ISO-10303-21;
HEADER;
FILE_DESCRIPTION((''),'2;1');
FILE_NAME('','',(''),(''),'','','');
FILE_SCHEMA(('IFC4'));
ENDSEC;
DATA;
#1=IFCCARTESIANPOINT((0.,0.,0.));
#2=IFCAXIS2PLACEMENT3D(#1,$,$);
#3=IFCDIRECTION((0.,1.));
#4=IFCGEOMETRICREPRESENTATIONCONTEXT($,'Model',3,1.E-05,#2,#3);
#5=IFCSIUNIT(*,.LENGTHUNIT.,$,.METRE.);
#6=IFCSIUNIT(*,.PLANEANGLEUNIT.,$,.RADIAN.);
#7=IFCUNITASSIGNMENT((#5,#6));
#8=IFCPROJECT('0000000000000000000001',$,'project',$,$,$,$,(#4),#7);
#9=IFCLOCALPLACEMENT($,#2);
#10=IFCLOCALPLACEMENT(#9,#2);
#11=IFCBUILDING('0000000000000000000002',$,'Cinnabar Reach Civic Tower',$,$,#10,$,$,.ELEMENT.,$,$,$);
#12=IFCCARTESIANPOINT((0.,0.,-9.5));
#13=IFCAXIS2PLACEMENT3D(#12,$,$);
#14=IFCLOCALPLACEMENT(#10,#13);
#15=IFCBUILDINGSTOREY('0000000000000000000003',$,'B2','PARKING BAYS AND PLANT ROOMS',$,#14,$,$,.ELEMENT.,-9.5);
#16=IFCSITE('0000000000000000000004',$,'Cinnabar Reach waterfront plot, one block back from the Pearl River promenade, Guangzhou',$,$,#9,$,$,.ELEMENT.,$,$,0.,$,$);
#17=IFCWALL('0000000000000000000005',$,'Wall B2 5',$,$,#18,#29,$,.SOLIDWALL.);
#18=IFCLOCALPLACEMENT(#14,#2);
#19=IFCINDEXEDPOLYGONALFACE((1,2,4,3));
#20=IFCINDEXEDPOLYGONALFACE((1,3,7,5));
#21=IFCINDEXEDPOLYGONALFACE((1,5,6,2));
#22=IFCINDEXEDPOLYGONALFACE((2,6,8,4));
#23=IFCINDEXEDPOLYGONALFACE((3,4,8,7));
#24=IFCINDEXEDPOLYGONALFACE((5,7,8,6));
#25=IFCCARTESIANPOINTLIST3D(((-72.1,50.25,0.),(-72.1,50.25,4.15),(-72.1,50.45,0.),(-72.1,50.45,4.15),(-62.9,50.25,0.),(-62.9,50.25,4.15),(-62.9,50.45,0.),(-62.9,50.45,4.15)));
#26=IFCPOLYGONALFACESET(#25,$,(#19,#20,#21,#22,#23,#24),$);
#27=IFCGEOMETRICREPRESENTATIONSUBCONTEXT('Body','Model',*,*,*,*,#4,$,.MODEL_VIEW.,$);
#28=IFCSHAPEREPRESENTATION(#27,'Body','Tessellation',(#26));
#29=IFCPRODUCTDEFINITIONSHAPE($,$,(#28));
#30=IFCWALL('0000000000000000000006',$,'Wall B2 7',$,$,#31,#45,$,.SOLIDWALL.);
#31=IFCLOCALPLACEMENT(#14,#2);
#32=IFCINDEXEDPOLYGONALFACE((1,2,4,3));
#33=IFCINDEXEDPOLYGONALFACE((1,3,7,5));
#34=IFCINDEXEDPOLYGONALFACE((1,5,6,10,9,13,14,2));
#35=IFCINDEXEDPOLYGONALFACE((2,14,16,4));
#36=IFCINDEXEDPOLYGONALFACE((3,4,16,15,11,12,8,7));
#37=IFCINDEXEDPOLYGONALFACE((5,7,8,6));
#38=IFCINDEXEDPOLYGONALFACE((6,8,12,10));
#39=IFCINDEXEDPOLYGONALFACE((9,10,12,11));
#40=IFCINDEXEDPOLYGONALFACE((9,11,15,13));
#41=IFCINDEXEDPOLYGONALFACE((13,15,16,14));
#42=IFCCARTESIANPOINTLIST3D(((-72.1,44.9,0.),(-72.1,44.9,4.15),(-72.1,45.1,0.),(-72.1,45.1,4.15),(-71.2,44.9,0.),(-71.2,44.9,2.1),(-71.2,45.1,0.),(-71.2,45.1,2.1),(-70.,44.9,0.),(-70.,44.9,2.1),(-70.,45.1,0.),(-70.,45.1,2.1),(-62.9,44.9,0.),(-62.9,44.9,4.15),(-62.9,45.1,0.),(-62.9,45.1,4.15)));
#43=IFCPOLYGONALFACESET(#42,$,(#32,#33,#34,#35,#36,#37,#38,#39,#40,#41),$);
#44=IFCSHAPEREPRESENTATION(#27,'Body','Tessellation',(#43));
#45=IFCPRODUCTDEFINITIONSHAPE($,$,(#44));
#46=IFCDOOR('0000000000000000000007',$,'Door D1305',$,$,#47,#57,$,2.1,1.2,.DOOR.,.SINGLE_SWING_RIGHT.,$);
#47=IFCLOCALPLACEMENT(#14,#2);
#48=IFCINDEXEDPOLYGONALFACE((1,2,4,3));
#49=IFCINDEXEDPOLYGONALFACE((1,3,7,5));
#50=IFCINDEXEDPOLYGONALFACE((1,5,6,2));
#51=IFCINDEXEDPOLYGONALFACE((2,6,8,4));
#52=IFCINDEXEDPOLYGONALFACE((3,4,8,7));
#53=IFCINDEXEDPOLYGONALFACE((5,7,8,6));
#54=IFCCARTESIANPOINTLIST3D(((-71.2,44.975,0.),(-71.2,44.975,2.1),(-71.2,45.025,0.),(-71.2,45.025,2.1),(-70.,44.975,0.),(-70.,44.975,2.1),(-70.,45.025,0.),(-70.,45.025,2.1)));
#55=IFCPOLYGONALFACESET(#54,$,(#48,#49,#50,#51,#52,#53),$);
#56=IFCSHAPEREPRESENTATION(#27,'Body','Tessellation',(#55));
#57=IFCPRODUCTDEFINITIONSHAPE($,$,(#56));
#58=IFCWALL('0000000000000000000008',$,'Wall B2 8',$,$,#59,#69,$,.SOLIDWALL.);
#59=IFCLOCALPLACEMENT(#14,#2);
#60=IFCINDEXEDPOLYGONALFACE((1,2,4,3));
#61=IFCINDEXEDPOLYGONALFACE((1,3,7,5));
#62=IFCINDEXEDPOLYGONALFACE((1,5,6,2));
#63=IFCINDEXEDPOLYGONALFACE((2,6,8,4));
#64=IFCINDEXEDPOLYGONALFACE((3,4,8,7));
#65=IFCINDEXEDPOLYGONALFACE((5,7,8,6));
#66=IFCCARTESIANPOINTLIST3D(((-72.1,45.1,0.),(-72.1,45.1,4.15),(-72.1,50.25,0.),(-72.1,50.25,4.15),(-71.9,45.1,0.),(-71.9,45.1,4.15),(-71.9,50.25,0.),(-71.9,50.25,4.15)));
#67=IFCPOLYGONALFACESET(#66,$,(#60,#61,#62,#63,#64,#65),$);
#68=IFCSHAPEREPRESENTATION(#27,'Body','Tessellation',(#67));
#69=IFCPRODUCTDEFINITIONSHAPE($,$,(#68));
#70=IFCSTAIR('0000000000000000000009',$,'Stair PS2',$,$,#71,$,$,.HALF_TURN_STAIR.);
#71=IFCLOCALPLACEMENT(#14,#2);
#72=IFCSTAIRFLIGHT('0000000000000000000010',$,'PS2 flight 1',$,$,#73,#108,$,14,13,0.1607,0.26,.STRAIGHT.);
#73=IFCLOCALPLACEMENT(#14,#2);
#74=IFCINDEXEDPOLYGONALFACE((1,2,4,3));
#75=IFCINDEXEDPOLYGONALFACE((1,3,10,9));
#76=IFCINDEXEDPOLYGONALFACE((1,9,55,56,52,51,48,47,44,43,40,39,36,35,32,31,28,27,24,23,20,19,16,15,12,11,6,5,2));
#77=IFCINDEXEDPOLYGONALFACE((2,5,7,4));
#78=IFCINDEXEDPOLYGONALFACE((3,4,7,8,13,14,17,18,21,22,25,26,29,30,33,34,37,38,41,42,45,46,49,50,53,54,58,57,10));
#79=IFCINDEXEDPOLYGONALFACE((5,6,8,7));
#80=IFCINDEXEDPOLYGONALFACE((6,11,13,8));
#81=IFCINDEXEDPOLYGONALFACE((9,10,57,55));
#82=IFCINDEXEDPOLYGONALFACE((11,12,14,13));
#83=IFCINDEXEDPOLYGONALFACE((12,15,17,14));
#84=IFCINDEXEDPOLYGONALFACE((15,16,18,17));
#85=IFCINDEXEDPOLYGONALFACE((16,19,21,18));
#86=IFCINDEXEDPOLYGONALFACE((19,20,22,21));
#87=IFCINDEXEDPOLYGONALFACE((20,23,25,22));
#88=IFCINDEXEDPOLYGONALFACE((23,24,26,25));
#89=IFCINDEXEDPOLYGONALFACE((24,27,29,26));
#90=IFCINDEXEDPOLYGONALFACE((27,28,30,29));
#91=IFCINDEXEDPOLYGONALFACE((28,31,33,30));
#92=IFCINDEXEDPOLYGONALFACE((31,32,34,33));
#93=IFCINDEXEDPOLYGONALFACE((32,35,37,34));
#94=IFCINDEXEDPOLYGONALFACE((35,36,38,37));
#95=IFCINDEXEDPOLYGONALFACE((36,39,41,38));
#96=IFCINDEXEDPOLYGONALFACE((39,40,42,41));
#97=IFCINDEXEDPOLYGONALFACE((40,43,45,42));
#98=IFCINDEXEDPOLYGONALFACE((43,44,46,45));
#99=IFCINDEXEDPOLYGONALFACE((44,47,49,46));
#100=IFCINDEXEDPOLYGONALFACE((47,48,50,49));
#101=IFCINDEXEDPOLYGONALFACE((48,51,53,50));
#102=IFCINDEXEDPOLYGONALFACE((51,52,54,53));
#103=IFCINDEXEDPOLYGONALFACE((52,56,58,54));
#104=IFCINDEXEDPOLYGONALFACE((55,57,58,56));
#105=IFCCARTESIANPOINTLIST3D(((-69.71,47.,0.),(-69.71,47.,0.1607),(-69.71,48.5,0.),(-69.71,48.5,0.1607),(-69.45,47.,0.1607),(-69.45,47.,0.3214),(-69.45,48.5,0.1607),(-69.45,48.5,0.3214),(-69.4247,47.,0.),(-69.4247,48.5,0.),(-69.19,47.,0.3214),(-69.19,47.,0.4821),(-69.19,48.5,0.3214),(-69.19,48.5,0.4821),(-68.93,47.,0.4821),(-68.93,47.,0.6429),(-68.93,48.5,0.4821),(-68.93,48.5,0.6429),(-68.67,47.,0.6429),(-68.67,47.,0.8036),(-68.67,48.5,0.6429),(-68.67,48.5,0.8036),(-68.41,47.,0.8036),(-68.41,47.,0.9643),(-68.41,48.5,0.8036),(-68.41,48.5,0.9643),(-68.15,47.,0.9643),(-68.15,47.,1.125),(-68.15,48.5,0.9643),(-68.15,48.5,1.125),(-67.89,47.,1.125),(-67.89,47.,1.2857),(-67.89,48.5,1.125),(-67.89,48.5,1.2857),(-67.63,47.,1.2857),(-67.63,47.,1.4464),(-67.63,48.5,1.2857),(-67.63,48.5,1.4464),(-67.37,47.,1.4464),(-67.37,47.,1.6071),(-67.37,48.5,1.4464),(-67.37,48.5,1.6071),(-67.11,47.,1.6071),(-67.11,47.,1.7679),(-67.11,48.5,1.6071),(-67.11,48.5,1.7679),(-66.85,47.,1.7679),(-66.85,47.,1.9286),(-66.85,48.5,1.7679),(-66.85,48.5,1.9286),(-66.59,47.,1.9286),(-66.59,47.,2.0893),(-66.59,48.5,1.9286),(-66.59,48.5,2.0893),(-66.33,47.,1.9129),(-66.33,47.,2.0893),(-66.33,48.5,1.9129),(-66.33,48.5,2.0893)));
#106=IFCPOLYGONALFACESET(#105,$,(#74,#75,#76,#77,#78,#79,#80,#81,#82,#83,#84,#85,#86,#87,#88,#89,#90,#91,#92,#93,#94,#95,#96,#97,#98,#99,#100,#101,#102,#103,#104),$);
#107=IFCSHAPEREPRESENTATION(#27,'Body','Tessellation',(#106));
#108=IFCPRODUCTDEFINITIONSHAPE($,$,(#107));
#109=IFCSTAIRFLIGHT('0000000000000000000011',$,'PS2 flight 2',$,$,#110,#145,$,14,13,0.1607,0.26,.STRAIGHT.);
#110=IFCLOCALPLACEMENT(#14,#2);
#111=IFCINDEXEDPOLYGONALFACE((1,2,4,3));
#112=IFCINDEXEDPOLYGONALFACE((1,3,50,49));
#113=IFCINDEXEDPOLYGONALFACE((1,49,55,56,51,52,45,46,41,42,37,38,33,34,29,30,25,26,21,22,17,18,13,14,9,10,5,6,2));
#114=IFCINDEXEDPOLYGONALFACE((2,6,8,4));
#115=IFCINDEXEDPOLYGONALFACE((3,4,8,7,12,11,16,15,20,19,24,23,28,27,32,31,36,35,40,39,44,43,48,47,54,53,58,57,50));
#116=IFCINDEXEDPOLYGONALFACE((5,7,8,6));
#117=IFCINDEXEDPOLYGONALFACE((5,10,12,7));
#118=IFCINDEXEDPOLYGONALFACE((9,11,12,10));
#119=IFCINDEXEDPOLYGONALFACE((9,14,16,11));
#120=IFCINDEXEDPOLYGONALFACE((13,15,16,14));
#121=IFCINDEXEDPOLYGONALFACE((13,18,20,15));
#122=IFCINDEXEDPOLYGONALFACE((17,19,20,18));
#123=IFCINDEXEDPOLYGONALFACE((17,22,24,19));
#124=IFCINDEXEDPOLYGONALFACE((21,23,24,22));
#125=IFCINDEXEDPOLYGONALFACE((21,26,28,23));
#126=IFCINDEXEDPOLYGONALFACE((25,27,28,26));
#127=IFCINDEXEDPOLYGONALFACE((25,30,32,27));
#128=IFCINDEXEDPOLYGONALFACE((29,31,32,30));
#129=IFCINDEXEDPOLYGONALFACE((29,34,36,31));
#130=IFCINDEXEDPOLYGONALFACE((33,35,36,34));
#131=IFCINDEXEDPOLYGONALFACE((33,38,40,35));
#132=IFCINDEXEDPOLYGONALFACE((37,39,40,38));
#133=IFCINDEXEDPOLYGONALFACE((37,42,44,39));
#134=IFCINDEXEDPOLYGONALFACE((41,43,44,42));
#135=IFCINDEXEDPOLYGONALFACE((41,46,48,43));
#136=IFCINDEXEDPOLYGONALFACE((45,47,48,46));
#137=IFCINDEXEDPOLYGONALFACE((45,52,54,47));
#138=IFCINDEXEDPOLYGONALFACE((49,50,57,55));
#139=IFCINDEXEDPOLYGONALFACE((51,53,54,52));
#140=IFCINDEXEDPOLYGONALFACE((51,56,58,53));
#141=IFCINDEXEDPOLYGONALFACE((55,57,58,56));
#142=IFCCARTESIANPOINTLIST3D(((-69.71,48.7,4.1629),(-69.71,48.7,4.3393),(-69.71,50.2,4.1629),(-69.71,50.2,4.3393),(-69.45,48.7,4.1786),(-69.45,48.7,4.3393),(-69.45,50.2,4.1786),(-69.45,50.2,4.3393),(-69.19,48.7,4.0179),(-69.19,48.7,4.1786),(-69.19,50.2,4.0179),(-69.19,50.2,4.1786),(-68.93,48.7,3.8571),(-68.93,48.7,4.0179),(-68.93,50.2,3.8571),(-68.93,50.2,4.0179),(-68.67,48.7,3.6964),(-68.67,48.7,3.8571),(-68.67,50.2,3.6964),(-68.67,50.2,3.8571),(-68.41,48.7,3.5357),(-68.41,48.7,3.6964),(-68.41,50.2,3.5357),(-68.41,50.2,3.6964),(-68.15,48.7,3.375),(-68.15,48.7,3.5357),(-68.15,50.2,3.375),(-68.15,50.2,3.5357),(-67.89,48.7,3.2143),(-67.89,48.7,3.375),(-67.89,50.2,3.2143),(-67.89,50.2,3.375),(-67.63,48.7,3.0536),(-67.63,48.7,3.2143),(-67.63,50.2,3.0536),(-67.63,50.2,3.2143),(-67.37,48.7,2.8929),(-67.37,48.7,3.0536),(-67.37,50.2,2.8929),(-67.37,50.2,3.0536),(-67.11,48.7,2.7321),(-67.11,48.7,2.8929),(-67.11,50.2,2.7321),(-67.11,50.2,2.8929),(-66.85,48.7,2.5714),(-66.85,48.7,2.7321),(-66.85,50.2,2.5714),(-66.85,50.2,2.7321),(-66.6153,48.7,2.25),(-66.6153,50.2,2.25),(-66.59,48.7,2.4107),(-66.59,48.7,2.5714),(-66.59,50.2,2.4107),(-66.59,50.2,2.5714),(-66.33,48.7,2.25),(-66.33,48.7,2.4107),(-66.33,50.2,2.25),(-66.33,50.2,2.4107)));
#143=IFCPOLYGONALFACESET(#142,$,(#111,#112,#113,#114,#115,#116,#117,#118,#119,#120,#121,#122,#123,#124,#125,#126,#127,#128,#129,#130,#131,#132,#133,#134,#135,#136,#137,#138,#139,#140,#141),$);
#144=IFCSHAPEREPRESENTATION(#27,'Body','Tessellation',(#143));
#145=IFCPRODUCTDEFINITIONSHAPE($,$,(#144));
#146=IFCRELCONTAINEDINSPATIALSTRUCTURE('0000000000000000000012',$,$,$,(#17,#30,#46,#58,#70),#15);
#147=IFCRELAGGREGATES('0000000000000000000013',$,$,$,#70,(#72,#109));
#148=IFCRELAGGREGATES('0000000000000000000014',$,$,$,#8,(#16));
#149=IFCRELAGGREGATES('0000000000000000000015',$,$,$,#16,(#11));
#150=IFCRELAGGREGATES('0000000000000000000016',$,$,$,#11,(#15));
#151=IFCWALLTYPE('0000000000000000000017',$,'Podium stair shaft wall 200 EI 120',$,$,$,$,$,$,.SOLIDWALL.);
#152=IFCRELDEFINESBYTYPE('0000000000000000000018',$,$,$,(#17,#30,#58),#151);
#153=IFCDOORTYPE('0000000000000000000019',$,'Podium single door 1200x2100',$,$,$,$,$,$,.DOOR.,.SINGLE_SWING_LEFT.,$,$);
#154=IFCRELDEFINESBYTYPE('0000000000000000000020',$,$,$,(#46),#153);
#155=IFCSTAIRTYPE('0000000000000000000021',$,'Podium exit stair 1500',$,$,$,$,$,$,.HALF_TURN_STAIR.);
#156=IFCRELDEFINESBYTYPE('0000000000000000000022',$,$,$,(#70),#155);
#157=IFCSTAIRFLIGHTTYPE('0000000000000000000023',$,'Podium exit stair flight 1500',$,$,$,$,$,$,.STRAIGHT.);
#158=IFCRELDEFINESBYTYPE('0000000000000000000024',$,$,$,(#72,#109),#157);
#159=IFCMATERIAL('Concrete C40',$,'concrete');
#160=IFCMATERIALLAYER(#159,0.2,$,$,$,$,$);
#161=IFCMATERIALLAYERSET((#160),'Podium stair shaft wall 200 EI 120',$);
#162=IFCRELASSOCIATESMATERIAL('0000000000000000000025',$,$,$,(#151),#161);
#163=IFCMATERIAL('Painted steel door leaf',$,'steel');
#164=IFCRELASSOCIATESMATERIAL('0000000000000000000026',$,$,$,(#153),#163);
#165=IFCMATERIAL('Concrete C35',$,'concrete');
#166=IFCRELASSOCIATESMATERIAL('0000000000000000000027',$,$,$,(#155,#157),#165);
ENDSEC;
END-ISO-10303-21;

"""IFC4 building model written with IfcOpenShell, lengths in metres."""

from ifc_helpers import new_model, si_unit, direction, frame, frame_2d, origin, place, context, subcontext, project, spatial, polyline, rectangle, outline, extrude, material, layer, layer_set, type_object, element, fill, aggregate, save


model = new_model("IFC4")

# Units and contexts
model_context = context("Model", 3, precision=1e-05, world=origin(), true_north=direction((0.0, 1.0)))
body_context = subcontext(model_context, "Body", "Model", "MODEL_VIEW")
ifc_project = project(units=[si_unit("LENGTHUNIT", "METRE"), si_unit("PLANEANGLEUNIT", "RADIAN")], contexts=[model_context])

# Site, building, storey
site_placement = place(None, origin())
site = spatial("IfcSite", under=ifc_project, at=site_placement, Name="Cinnabar Reach waterfront plot, one block back from the Pearl River promenade, Guangzhou", CompositionType="ELEMENT", RefElevation=0.0)
building_placement = place(site_placement, origin())
building = spatial("IfcBuilding", under=site, at=building_placement, Name="Cinnabar Reach Civic Tower", CompositionType="ELEMENT")
storey_placement = place(building_placement, frame((0.0, 0.0, -9.5)))
storey = spatial("IfcBuildingStorey", under=building, at=storey_placement, Name="B2", Description="PARKING BAYS AND PLANT ROOMS", CompositionType="ELEMENT", Elevation=-9.5)

# Wall
ifc_material_1 = material(Name="Concrete C40", Category="concrete")
ifc_layer_1 = layer(ifc_material_1, 0.2)
ifc_layer_set_1 = layer_set([ifc_layer_1], Name="Podium stair shaft wall 200 EI 120")
wall_type_1 = type_object("IfcWallType", Name="Podium stair shaft wall 200 EI 120", PredefinedType="SOLIDWALL", material=ifc_layer_set_1)
wall_1_placement = place(storey_placement, frame((-72.1, 50.35, 0.0), z_axis=(0.0, 0.0, 1.0), x_axis=(1.0, 0.0, 0.0)))
element("IfcWall", 1, at=wall_1_placement, inside=storey, type_object=wall_type_1, Name="Wall B2 5", PredefinedType="SOLIDWALL", context=body_context, shape_type="SweptSolid", body=[
    extrude(rectangle(XDim=9.2, YDim=0.2, at=frame_2d((4.6, 0.0))), origin(), (0.0, 0.0, 1.0), 4.15),
])

# Wall, opening, door
wall_2_placement = place(storey_placement, frame((-72.1, 45.0, 0.0), z_axis=(0.0, 0.0, 1.0), x_axis=(1.0, 0.0, 0.0)))
wall_2 = element("IfcWall", 2, at=wall_2_placement, inside=storey, type_object=wall_type_1, Name="Wall B2 7", PredefinedType="SOLIDWALL", context=body_context, shape_type="SweptSolid", body=[
    extrude(rectangle(XDim=9.2, YDim=0.2, at=frame_2d((4.6, 0.0))), origin(), (0.0, 0.0, 1.0), 4.15),
])
opening_placement = place(wall_2_placement, frame((0.9, 0.0, 0.0)))
opening = element("IfcOpeningElement", 3, at=opening_placement, cuts=wall_2, PredefinedType="OPENING", context=body_context, shape_type="SweptSolid", body=[
    extrude(rectangle(XDim=1.2, YDim=2.1, at=frame_2d((0.6, 1.05))), frame((0.0, 0.11, 0.0), z_axis=(0.0, -1.0, 0.0), x_axis=(1.0, 0.0, 0.0)), (0.0, 0.0, 1.0), 0.22),
])
ifc_material_2 = material(Name="Painted steel door leaf", Category="steel")
door_type = type_object("IfcDoorType", Name="Podium single door 1200x2100", OperationType="SINGLE_SWING_LEFT", PredefinedType="DOOR", material=ifc_material_2)
door_placement = place(opening_placement, origin())
door = element("IfcDoor", 4, at=door_placement, inside=storey, type_object=door_type, Name="Door D1305", OperationType="SINGLE_SWING_RIGHT", OverallHeight=2.1, OverallWidth=1.2, PredefinedType="DOOR", context=body_context, shape_type="SweptSolid", body=[
    extrude(rectangle(XDim=1.2, YDim=2.1, at=frame_2d((0.6, 1.05))), frame((0.0, 0.025, 0.0), z_axis=(0.0, -1.0, 0.0), x_axis=(1.0, 0.0, 0.0)), (0.0, 0.0, 1.0), 0.05),
])
fill(opening, door)

# Wall
wall_3_placement = place(storey_placement, frame((-72.0, 45.1, 0.0), z_axis=(0.0, 0.0, 1.0), x_axis=(0.0, 1.0, 0.0)))
element("IfcWall", 5, at=wall_3_placement, inside=storey, type_object=wall_type_1, Name="Wall B2 8", PredefinedType="SOLIDWALL", context=body_context, shape_type="SweptSolid", body=[
    extrude(rectangle(XDim=5.15, YDim=0.2, at=frame_2d((2.575, 0.0))), origin(), (0.0, 0.0, 1.0), 4.15),
])

# Stair, stair flights
ifc_material_3 = material(Name="Concrete C35", Category="concrete")
stair_type = type_object("IfcStairType", Name="Podium exit stair 1500", PredefinedType="HALF_TURN_STAIR", material=ifc_material_3)
stair_placement = place(storey_placement, origin())
stair = element("IfcStair", 6, at=stair_placement, inside=storey, type_object=stair_type, Name="Stair PS2", PredefinedType="HALF_TURN_STAIR")
stair_flight_type = type_object("IfcStairFlightType", Name="Podium exit stair flight 1500", PredefinedType="STRAIGHT", material=ifc_material_3)
stair_flight_1_placement = place(storey_placement, frame((-69.71, 47.75, 0.0), z_axis=(0.0, 0.0, 1.0), x_axis=(1.0, 0.0, 0.0)))
stair_flight_1 = element("IfcStairFlight", 7, at=stair_flight_1_placement, type_object=stair_flight_type, Name="PS2 flight 1", NumberOfRisers=14, NumberOfTreads=13, PredefinedType="STRAIGHT", RiserHeight=0.1607, TreadLength=0.26, context=body_context, shape_type="SweptSolid", body=[
    extrude(outline(polyline([(0.0, 0.0), (0.0, 0.1607), (0.26, 0.1607), (0.26, 0.3214), (0.52, 0.3214), (0.52, 0.4821), (0.78, 0.4821), (0.78, 0.6429), (1.04, 0.6429), (1.04, 0.8036), (1.3, 0.8036), (1.3, 0.9643), (1.56, 0.9643), (1.56, 1.125), (1.82, 1.125), (1.82, 1.2857), (2.08, 1.2857), (2.08, 1.4464), (2.34, 1.4464), (2.34, 1.6071), (2.6, 1.6071), (2.6, 1.7679), (2.86, 1.7679), (2.86, 1.9286), (3.12, 1.9286), (3.12, 2.0893), (3.38, 2.0893), (3.38, 2.25), (3.38, 1.9129), (0.2853, 0.0), (0.0, 0.0)])), frame((0.0, 0.75, 0.0), z_axis=(0.0, -1.0, 0.0), x_axis=(1.0, 0.0, 0.0)), (0.0, 0.0, 1.0), 1.5),
])
stair_flight_2_placement = place(storey_placement, frame((-66.33, 49.45, 2.25), z_axis=(0.0, 0.0, 1.0), x_axis=(-1.0, 0.0, 0.0)))
stair_flight_2 = element("IfcStairFlight", 8, at=stair_flight_2_placement, type_object=stair_flight_type, Name="PS2 flight 2", NumberOfRisers=14, NumberOfTreads=13, PredefinedType="STRAIGHT", RiserHeight=0.1607, TreadLength=0.26, context=body_context, shape_type="SweptSolid", body=[
    extrude(outline(polyline([(0.0, 0.0), (0.0, 0.1607), (0.26, 0.1607), (0.26, 0.3214), (0.52, 0.3214), (0.52, 0.4821), (0.78, 0.4821), (0.78, 0.6429), (1.04, 0.6429), (1.04, 0.8036), (1.3, 0.8036), (1.3, 0.9643), (1.56, 0.9643), (1.56, 1.125), (1.82, 1.125), (1.82, 1.2857), (2.08, 1.2857), (2.08, 1.4464), (2.34, 1.4464), (2.34, 1.6071), (2.6, 1.6071), (2.6, 1.7679), (2.86, 1.7679), (2.86, 1.9286), (3.12, 1.9286), (3.12, 2.0893), (3.38, 2.0893), (3.38, 2.25), (3.38, 1.9129), (0.2853, 0.0), (0.0, 0.0)])), frame((0.0, 0.75, 0.0), z_axis=(0.0, -1.0, 0.0), x_axis=(1.0, 0.0, 0.0)), (0.0, 0.0, 1.0), 1.5),
])
aggregate(stair, [stair_flight_1, stair_flight_2])

save(model, "model.ifc")
